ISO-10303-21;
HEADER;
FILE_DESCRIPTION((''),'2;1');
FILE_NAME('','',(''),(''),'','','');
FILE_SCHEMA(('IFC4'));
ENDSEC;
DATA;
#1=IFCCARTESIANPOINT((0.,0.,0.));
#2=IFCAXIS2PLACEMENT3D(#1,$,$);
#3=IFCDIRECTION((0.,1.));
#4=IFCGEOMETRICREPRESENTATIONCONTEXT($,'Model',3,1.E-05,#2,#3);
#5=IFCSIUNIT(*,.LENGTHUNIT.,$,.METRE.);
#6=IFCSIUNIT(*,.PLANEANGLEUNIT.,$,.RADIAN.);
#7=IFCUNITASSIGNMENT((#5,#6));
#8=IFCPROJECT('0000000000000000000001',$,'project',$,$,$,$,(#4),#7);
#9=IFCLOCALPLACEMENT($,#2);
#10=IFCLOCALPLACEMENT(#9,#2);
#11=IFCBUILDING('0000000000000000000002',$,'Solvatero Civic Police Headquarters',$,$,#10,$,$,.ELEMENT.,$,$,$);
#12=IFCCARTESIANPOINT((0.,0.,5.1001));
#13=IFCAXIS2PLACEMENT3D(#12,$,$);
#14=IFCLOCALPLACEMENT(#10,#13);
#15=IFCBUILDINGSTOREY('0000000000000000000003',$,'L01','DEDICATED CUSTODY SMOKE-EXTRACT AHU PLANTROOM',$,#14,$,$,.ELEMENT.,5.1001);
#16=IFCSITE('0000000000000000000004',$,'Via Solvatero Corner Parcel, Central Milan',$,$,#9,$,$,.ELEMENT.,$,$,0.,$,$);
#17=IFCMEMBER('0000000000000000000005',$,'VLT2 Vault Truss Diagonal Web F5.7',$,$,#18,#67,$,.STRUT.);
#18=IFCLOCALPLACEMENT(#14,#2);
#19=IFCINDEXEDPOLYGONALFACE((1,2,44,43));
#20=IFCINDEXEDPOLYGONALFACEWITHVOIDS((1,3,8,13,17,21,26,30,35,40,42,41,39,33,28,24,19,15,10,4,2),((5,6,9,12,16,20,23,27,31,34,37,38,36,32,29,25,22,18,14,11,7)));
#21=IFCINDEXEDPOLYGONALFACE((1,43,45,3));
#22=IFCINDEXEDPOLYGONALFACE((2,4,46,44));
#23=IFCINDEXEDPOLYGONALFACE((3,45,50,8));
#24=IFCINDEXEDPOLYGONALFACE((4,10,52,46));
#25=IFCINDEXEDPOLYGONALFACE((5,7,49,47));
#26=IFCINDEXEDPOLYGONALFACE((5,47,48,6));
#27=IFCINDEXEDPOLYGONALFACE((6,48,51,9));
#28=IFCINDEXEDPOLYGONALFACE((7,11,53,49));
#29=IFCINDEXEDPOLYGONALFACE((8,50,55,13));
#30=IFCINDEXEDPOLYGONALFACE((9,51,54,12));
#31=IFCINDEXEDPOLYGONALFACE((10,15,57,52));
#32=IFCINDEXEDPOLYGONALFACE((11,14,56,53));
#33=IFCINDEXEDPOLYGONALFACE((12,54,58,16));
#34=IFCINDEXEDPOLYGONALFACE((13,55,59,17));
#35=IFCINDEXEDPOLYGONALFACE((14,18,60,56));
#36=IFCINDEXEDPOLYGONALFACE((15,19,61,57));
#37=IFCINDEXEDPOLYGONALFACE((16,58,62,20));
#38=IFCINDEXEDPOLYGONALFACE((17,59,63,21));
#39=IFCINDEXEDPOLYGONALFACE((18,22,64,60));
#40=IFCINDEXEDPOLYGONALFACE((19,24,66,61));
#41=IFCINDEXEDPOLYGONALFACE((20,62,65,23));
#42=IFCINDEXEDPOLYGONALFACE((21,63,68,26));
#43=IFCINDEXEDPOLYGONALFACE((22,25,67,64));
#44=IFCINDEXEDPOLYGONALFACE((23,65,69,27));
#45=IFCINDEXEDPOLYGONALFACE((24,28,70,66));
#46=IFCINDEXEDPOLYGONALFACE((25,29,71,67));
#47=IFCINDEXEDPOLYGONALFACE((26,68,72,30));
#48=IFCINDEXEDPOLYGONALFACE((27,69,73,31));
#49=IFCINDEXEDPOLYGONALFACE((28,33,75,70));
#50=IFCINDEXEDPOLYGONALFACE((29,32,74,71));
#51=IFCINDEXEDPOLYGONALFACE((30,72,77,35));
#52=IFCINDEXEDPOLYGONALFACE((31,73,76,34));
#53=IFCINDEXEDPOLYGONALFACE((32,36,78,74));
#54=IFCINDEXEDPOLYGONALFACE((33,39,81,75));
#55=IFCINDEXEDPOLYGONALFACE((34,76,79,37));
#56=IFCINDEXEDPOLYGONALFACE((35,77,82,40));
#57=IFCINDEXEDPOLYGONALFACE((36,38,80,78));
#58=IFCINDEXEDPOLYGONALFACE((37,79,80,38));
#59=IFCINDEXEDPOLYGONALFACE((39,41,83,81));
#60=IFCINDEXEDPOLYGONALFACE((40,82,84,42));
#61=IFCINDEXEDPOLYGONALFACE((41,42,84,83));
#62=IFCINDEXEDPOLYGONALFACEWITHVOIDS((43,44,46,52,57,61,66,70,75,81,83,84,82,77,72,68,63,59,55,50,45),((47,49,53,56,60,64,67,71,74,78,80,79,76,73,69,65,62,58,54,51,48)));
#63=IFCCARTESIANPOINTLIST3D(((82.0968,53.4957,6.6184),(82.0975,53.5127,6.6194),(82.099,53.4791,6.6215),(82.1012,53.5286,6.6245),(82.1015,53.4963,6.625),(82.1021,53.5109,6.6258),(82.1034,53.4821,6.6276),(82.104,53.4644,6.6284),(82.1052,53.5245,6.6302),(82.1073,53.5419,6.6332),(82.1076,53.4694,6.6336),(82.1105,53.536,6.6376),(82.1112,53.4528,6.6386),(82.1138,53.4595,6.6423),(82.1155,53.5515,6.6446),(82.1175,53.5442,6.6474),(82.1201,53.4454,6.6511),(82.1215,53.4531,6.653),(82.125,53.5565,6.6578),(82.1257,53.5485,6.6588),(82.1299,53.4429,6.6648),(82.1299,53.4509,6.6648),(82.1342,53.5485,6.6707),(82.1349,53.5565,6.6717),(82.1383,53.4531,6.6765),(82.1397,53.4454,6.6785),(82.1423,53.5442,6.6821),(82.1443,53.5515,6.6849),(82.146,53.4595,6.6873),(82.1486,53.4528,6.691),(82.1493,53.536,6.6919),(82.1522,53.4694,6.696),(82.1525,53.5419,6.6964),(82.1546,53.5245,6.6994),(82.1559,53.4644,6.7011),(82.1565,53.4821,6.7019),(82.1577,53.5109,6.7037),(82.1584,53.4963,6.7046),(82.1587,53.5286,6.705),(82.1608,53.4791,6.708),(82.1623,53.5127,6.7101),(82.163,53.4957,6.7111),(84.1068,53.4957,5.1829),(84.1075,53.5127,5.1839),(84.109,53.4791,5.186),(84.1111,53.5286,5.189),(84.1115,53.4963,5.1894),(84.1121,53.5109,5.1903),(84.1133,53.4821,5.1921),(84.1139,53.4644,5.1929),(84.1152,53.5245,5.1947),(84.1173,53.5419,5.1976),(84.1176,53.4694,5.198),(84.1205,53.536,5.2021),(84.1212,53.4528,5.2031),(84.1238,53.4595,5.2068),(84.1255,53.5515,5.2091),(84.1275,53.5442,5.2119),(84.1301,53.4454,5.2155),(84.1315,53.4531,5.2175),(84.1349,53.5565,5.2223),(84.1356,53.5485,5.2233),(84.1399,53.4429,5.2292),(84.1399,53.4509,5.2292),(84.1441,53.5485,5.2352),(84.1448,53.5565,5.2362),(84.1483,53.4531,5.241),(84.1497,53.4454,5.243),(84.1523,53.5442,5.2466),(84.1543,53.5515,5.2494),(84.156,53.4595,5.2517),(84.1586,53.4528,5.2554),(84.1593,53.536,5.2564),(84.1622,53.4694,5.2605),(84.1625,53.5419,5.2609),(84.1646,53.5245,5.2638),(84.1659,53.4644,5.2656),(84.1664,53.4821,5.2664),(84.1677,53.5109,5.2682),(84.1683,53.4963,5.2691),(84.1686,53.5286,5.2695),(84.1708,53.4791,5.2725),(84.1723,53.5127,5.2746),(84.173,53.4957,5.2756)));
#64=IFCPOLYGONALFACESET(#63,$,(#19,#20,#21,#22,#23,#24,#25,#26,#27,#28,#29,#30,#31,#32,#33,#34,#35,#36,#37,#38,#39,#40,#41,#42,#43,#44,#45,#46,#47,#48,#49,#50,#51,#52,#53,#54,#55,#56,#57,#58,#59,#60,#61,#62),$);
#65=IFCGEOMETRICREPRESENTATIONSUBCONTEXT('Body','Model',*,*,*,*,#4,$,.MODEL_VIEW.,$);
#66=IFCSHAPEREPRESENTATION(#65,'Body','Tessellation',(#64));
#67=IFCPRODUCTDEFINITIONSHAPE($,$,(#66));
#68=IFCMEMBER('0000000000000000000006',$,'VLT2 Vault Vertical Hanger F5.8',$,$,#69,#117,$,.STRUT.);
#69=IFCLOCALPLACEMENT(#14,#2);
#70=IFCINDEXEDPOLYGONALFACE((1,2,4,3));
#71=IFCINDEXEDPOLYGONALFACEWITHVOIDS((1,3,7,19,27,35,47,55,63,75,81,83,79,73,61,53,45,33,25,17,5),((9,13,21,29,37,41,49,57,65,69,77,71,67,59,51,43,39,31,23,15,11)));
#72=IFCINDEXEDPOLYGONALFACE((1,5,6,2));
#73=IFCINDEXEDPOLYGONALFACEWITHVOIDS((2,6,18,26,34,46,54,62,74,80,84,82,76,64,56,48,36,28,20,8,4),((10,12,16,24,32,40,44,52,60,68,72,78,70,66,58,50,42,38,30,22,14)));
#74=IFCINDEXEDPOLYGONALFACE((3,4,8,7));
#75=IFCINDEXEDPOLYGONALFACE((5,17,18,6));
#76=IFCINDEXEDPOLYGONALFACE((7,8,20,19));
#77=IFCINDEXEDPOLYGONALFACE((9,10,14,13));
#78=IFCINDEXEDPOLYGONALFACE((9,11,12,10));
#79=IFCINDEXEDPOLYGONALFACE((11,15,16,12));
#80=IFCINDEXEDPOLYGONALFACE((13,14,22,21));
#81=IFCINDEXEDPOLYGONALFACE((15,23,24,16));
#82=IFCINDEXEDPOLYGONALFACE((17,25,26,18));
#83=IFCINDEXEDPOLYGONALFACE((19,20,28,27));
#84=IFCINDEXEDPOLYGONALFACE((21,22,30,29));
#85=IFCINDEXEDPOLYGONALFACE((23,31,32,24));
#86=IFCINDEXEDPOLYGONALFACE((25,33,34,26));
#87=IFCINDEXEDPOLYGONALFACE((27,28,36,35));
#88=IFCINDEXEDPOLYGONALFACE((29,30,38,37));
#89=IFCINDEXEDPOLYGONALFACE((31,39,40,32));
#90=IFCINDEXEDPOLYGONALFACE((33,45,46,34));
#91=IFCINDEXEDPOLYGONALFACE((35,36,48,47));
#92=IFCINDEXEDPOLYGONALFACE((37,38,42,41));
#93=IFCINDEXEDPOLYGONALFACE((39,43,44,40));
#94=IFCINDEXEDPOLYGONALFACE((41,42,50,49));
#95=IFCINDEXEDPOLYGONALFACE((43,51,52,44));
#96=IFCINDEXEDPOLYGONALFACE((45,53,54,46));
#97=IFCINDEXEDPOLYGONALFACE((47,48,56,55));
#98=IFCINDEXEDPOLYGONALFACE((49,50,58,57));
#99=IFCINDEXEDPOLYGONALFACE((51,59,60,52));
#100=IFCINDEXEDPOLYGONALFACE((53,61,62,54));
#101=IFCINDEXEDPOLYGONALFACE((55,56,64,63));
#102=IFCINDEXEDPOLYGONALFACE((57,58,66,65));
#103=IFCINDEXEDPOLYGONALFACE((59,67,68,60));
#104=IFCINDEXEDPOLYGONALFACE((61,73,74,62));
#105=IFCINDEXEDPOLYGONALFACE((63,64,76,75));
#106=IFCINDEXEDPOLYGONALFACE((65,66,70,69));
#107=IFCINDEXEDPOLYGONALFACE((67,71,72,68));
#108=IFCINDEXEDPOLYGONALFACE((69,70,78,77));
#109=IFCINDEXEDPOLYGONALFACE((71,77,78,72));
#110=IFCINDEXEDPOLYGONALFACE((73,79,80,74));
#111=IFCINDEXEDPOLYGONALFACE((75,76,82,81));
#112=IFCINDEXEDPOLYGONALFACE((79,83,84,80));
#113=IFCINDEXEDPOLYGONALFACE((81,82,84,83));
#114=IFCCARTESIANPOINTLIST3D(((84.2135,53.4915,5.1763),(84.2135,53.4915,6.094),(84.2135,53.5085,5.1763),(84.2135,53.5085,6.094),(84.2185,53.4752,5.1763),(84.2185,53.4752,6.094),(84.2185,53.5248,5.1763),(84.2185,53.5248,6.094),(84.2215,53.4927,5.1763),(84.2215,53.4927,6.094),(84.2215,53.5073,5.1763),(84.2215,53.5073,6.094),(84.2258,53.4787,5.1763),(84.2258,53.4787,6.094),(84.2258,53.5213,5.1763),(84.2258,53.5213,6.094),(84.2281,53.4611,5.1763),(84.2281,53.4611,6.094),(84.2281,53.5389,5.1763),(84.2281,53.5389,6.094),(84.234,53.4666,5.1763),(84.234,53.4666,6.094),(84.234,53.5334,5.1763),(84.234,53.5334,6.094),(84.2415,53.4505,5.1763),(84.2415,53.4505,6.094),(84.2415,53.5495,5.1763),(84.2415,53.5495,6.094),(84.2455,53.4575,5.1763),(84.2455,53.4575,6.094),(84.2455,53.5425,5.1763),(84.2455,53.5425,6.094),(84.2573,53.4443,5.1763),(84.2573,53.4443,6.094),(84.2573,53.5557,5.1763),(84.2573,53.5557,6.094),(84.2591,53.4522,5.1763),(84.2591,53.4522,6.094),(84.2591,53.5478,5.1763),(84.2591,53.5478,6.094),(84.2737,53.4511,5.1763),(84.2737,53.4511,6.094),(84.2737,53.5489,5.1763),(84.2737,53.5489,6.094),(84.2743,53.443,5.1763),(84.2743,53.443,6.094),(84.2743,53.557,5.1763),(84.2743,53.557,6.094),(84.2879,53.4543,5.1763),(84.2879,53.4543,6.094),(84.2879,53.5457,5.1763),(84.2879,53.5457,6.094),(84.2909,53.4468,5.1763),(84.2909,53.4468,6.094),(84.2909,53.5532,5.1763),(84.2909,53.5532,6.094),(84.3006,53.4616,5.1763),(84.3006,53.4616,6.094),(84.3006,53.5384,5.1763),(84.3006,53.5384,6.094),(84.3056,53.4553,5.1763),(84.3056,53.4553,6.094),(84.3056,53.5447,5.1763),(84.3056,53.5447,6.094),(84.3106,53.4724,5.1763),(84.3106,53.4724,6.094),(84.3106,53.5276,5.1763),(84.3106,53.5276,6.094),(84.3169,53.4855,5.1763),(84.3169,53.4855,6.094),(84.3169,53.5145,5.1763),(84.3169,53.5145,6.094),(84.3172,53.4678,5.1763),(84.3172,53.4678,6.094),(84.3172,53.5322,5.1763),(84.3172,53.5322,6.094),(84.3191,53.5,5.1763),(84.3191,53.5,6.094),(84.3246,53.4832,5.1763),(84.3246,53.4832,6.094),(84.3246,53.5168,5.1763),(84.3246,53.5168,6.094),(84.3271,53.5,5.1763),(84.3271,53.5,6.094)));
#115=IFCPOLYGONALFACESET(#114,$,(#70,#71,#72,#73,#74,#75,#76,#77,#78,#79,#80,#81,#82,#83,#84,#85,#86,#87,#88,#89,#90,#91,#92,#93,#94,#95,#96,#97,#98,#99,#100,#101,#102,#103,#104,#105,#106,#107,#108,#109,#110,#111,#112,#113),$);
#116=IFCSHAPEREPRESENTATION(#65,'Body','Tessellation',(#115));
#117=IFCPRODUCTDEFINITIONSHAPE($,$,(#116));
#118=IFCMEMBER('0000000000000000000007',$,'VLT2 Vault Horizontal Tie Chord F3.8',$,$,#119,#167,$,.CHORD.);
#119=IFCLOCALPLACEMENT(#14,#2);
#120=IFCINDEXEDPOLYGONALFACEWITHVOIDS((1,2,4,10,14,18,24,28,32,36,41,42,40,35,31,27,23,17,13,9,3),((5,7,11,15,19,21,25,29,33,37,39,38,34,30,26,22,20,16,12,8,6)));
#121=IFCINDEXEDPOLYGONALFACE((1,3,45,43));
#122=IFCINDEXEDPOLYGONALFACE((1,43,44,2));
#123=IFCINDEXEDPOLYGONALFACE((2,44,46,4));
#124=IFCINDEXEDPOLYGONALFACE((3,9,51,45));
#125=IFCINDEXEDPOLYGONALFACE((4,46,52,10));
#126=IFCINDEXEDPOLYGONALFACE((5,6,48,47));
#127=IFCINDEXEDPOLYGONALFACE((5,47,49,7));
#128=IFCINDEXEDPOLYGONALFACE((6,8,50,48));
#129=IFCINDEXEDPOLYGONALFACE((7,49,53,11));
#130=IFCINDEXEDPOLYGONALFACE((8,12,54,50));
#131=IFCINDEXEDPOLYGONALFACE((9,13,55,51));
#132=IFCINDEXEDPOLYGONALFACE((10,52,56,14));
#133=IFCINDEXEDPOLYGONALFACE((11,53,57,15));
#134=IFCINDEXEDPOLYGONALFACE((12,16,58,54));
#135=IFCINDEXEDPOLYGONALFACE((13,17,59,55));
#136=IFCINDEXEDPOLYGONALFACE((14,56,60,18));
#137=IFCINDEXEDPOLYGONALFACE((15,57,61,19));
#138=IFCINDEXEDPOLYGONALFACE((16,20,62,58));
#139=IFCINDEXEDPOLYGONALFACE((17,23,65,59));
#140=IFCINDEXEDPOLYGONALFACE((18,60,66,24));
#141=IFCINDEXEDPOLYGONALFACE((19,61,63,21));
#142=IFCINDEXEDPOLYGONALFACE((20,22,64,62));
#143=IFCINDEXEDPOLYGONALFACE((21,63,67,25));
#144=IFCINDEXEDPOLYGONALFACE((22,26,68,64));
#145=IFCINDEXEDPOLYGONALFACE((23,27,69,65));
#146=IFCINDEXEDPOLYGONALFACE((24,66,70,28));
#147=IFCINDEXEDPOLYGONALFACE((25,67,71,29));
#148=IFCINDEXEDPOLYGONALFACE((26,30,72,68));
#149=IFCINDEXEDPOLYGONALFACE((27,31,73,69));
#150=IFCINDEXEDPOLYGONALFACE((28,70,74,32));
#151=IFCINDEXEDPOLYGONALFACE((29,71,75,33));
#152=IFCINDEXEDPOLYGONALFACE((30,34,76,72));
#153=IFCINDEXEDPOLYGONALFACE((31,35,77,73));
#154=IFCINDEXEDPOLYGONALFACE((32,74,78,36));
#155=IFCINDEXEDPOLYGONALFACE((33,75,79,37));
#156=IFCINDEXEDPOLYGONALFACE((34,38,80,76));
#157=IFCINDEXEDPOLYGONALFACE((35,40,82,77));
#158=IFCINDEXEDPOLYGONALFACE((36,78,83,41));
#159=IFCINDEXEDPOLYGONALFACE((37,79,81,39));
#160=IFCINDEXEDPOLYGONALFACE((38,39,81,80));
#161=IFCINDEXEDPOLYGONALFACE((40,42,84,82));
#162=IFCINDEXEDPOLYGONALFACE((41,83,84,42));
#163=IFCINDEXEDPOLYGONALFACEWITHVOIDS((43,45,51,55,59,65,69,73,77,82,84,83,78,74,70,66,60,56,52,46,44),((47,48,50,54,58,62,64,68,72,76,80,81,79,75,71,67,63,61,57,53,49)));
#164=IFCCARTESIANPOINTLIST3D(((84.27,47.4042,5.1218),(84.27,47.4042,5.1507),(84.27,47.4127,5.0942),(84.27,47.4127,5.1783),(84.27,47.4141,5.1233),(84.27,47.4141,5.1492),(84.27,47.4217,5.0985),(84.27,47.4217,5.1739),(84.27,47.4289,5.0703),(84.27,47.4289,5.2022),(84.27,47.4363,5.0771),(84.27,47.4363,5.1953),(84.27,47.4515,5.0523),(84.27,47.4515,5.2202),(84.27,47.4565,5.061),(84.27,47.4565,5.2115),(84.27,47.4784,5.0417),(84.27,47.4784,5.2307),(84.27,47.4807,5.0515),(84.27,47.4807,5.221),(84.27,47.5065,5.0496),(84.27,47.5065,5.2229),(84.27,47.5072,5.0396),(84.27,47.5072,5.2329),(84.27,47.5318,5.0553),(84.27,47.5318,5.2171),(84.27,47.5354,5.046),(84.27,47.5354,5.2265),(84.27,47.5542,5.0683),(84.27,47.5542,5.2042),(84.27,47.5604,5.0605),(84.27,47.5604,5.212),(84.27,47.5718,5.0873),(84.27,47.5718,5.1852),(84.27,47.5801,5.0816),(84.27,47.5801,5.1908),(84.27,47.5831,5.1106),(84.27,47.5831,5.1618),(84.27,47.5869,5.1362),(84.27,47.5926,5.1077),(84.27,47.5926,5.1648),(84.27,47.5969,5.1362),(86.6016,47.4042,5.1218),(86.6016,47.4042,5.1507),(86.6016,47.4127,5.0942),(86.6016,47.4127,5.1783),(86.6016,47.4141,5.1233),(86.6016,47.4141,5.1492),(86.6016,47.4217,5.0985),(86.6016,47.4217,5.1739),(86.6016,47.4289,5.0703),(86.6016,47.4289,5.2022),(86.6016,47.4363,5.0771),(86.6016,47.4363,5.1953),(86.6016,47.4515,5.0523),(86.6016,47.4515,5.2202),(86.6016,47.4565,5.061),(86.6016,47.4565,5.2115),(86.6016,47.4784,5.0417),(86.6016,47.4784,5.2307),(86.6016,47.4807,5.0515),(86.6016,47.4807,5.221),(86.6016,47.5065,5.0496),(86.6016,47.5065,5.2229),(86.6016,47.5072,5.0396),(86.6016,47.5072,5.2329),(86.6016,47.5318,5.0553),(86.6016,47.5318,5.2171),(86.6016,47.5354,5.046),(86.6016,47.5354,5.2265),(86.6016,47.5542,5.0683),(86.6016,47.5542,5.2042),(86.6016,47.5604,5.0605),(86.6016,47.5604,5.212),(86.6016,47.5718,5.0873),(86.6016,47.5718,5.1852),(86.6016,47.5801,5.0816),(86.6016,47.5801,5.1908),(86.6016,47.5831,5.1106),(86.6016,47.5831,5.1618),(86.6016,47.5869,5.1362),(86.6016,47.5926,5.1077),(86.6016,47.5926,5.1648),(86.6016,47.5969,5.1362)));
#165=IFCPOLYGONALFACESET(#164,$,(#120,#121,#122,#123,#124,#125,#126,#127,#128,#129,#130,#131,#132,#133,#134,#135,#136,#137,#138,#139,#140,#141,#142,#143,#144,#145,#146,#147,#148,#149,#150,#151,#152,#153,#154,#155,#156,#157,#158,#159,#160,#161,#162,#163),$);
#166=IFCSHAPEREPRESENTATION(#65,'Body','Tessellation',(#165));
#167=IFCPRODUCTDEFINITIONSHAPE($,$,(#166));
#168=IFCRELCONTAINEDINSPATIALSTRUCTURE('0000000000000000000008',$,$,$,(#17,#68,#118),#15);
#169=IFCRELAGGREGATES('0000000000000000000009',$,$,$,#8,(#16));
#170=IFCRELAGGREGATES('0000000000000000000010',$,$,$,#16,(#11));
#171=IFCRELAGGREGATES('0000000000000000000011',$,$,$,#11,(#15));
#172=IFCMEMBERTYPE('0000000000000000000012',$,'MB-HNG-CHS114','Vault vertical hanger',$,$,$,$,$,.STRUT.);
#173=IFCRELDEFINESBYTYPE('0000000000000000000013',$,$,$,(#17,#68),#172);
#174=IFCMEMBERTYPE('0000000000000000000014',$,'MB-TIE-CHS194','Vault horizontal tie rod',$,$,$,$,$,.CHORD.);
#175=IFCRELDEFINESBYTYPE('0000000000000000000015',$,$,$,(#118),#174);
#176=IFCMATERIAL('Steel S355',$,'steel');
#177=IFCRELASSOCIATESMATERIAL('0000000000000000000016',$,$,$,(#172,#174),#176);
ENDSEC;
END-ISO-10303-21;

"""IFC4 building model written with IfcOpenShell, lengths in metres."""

from ifc_helpers import new_model, si_unit, direction, frame, origin, origin_2d, place, context, subcontext, project, spatial, hollow_circle, extrude, material, material_profile, profile_set, type_object, element, save


model = new_model("IFC4")

# Units and contexts
model_context = context("Model", 3, precision=1e-05, world=origin(), true_north=direction((0.0, 1.0)))
body_context = subcontext(model_context, "Body", "Model", "MODEL_VIEW")
ifc_project = project(units=[si_unit("LENGTHUNIT", "METRE"), si_unit("PLANEANGLEUNIT", "RADIAN")], contexts=[model_context])

# Site, building, storey
site_placement = place(None, origin())
site = spatial("IfcSite", under=ifc_project, at=site_placement, Name="Via Solvatero Corner Parcel, Central Milan", CompositionType="ELEMENT", RefElevation=0.0)
building_placement = place(site_placement, origin())
building = spatial("IfcBuilding", under=site, at=building_placement, Name="Solvatero Civic Police Headquarters", CompositionType="ELEMENT")
storey_placement = place(building_placement, frame((0.0, 0.0, 5.1001)))
storey = spatial("IfcBuildingStorey", under=building, at=storey_placement, Name="L01", Description="DEDICATED CUSTODY SMOKE-EXTRACT AHU PLANTROOM", CompositionType="ELEMENT", Elevation=5.1001)

# Shared definitions
ifc_material = material(Name="Steel S355", Category="steel")

# Members
ifc_material_profile_1 = material_profile(ifc_material, hollow_circle(Radius=0.0571, WallThickness=0.0081, at=origin_2d()), Name="CHS 114.3x8.0")
ifc_profile_set_1 = profile_set([ifc_material_profile_1], Name="Steel S355")
member_type_1 = type_object("IfcMemberType", Name="MB-HNG-CHS114", Description="Vault vertical hanger", PredefinedType="STRUT", material=ifc_profile_set_1)
member_1_placement = place(storey_placement, frame((84.1399, 53.5, 5.2292), z_axis=(-0.813767, 0.0, 0.581191), x_axis=(0.0, -1.0, 0.0)))
element("IfcMember", 1, at=member_1_placement, inside=storey, type_object=member_type_1, Name="VLT2 Vault Truss Diagonal Web F5.7", PredefinedType="STRUT", context=body_context, shape_type="SweptSolid", body=[
    extrude(hollow_circle(Radius=0.0571, WallThickness=0.0081, at=origin_2d()), origin(), (0.0, 0.0, 1.0), 2.47),
])
member_2_placement = place(storey_placement, frame((84.27, 53.5, 5.1763), z_axis=(0.0, 0.0, 1.0), x_axis=(1.0, 0.0, 0.0)))
element("IfcMember", 2, at=member_2_placement, inside=storey, type_object=member_type_1, Name="VLT2 Vault Vertical Hanger F5.8", PredefinedType="STRUT", context=body_context, shape_type="SweptSolid", body=[
    extrude(hollow_circle(Radius=0.0571, WallThickness=0.0081, at=origin_2d()), origin(), (0.0, 0.0, 1.0), 0.9177),
])
ifc_material_profile_2 = material_profile(ifc_material, hollow_circle(Radius=0.0969, WallThickness=0.01, at=origin_2d()), Name="CHS 193.7x10.0")
ifc_profile_set_2 = profile_set([ifc_material_profile_2], Name="Steel S355")
member_type_2 = type_object("IfcMemberType", Name="MB-TIE-CHS194", Description="Vault horizontal tie rod", PredefinedType="CHORD", material=ifc_profile_set_2)
for number, where, z_axis, x_axis, name in (
    (3, (84.27, 47.5, 5.1362), (1.0, 0.0, 0.0), (0.0, 1.0, 0.0), "VLT2 Vault Horizontal Tie Chord F3.8"),
):
    element("IfcMember", number, at=place(storey_placement, frame(where, z_axis=z_axis, x_axis=x_axis)), inside=storey, type_object=member_type_2, Name=name, PredefinedType="CHORD", context=body_context, shape_type="SweptSolid", body=[
        extrude(hollow_circle(Radius=0.0969, WallThickness=0.01, at=origin_2d()), origin(), (0.0, 0.0, 1.0), 2.3315),
    ])

save(model, "model.ifc")
